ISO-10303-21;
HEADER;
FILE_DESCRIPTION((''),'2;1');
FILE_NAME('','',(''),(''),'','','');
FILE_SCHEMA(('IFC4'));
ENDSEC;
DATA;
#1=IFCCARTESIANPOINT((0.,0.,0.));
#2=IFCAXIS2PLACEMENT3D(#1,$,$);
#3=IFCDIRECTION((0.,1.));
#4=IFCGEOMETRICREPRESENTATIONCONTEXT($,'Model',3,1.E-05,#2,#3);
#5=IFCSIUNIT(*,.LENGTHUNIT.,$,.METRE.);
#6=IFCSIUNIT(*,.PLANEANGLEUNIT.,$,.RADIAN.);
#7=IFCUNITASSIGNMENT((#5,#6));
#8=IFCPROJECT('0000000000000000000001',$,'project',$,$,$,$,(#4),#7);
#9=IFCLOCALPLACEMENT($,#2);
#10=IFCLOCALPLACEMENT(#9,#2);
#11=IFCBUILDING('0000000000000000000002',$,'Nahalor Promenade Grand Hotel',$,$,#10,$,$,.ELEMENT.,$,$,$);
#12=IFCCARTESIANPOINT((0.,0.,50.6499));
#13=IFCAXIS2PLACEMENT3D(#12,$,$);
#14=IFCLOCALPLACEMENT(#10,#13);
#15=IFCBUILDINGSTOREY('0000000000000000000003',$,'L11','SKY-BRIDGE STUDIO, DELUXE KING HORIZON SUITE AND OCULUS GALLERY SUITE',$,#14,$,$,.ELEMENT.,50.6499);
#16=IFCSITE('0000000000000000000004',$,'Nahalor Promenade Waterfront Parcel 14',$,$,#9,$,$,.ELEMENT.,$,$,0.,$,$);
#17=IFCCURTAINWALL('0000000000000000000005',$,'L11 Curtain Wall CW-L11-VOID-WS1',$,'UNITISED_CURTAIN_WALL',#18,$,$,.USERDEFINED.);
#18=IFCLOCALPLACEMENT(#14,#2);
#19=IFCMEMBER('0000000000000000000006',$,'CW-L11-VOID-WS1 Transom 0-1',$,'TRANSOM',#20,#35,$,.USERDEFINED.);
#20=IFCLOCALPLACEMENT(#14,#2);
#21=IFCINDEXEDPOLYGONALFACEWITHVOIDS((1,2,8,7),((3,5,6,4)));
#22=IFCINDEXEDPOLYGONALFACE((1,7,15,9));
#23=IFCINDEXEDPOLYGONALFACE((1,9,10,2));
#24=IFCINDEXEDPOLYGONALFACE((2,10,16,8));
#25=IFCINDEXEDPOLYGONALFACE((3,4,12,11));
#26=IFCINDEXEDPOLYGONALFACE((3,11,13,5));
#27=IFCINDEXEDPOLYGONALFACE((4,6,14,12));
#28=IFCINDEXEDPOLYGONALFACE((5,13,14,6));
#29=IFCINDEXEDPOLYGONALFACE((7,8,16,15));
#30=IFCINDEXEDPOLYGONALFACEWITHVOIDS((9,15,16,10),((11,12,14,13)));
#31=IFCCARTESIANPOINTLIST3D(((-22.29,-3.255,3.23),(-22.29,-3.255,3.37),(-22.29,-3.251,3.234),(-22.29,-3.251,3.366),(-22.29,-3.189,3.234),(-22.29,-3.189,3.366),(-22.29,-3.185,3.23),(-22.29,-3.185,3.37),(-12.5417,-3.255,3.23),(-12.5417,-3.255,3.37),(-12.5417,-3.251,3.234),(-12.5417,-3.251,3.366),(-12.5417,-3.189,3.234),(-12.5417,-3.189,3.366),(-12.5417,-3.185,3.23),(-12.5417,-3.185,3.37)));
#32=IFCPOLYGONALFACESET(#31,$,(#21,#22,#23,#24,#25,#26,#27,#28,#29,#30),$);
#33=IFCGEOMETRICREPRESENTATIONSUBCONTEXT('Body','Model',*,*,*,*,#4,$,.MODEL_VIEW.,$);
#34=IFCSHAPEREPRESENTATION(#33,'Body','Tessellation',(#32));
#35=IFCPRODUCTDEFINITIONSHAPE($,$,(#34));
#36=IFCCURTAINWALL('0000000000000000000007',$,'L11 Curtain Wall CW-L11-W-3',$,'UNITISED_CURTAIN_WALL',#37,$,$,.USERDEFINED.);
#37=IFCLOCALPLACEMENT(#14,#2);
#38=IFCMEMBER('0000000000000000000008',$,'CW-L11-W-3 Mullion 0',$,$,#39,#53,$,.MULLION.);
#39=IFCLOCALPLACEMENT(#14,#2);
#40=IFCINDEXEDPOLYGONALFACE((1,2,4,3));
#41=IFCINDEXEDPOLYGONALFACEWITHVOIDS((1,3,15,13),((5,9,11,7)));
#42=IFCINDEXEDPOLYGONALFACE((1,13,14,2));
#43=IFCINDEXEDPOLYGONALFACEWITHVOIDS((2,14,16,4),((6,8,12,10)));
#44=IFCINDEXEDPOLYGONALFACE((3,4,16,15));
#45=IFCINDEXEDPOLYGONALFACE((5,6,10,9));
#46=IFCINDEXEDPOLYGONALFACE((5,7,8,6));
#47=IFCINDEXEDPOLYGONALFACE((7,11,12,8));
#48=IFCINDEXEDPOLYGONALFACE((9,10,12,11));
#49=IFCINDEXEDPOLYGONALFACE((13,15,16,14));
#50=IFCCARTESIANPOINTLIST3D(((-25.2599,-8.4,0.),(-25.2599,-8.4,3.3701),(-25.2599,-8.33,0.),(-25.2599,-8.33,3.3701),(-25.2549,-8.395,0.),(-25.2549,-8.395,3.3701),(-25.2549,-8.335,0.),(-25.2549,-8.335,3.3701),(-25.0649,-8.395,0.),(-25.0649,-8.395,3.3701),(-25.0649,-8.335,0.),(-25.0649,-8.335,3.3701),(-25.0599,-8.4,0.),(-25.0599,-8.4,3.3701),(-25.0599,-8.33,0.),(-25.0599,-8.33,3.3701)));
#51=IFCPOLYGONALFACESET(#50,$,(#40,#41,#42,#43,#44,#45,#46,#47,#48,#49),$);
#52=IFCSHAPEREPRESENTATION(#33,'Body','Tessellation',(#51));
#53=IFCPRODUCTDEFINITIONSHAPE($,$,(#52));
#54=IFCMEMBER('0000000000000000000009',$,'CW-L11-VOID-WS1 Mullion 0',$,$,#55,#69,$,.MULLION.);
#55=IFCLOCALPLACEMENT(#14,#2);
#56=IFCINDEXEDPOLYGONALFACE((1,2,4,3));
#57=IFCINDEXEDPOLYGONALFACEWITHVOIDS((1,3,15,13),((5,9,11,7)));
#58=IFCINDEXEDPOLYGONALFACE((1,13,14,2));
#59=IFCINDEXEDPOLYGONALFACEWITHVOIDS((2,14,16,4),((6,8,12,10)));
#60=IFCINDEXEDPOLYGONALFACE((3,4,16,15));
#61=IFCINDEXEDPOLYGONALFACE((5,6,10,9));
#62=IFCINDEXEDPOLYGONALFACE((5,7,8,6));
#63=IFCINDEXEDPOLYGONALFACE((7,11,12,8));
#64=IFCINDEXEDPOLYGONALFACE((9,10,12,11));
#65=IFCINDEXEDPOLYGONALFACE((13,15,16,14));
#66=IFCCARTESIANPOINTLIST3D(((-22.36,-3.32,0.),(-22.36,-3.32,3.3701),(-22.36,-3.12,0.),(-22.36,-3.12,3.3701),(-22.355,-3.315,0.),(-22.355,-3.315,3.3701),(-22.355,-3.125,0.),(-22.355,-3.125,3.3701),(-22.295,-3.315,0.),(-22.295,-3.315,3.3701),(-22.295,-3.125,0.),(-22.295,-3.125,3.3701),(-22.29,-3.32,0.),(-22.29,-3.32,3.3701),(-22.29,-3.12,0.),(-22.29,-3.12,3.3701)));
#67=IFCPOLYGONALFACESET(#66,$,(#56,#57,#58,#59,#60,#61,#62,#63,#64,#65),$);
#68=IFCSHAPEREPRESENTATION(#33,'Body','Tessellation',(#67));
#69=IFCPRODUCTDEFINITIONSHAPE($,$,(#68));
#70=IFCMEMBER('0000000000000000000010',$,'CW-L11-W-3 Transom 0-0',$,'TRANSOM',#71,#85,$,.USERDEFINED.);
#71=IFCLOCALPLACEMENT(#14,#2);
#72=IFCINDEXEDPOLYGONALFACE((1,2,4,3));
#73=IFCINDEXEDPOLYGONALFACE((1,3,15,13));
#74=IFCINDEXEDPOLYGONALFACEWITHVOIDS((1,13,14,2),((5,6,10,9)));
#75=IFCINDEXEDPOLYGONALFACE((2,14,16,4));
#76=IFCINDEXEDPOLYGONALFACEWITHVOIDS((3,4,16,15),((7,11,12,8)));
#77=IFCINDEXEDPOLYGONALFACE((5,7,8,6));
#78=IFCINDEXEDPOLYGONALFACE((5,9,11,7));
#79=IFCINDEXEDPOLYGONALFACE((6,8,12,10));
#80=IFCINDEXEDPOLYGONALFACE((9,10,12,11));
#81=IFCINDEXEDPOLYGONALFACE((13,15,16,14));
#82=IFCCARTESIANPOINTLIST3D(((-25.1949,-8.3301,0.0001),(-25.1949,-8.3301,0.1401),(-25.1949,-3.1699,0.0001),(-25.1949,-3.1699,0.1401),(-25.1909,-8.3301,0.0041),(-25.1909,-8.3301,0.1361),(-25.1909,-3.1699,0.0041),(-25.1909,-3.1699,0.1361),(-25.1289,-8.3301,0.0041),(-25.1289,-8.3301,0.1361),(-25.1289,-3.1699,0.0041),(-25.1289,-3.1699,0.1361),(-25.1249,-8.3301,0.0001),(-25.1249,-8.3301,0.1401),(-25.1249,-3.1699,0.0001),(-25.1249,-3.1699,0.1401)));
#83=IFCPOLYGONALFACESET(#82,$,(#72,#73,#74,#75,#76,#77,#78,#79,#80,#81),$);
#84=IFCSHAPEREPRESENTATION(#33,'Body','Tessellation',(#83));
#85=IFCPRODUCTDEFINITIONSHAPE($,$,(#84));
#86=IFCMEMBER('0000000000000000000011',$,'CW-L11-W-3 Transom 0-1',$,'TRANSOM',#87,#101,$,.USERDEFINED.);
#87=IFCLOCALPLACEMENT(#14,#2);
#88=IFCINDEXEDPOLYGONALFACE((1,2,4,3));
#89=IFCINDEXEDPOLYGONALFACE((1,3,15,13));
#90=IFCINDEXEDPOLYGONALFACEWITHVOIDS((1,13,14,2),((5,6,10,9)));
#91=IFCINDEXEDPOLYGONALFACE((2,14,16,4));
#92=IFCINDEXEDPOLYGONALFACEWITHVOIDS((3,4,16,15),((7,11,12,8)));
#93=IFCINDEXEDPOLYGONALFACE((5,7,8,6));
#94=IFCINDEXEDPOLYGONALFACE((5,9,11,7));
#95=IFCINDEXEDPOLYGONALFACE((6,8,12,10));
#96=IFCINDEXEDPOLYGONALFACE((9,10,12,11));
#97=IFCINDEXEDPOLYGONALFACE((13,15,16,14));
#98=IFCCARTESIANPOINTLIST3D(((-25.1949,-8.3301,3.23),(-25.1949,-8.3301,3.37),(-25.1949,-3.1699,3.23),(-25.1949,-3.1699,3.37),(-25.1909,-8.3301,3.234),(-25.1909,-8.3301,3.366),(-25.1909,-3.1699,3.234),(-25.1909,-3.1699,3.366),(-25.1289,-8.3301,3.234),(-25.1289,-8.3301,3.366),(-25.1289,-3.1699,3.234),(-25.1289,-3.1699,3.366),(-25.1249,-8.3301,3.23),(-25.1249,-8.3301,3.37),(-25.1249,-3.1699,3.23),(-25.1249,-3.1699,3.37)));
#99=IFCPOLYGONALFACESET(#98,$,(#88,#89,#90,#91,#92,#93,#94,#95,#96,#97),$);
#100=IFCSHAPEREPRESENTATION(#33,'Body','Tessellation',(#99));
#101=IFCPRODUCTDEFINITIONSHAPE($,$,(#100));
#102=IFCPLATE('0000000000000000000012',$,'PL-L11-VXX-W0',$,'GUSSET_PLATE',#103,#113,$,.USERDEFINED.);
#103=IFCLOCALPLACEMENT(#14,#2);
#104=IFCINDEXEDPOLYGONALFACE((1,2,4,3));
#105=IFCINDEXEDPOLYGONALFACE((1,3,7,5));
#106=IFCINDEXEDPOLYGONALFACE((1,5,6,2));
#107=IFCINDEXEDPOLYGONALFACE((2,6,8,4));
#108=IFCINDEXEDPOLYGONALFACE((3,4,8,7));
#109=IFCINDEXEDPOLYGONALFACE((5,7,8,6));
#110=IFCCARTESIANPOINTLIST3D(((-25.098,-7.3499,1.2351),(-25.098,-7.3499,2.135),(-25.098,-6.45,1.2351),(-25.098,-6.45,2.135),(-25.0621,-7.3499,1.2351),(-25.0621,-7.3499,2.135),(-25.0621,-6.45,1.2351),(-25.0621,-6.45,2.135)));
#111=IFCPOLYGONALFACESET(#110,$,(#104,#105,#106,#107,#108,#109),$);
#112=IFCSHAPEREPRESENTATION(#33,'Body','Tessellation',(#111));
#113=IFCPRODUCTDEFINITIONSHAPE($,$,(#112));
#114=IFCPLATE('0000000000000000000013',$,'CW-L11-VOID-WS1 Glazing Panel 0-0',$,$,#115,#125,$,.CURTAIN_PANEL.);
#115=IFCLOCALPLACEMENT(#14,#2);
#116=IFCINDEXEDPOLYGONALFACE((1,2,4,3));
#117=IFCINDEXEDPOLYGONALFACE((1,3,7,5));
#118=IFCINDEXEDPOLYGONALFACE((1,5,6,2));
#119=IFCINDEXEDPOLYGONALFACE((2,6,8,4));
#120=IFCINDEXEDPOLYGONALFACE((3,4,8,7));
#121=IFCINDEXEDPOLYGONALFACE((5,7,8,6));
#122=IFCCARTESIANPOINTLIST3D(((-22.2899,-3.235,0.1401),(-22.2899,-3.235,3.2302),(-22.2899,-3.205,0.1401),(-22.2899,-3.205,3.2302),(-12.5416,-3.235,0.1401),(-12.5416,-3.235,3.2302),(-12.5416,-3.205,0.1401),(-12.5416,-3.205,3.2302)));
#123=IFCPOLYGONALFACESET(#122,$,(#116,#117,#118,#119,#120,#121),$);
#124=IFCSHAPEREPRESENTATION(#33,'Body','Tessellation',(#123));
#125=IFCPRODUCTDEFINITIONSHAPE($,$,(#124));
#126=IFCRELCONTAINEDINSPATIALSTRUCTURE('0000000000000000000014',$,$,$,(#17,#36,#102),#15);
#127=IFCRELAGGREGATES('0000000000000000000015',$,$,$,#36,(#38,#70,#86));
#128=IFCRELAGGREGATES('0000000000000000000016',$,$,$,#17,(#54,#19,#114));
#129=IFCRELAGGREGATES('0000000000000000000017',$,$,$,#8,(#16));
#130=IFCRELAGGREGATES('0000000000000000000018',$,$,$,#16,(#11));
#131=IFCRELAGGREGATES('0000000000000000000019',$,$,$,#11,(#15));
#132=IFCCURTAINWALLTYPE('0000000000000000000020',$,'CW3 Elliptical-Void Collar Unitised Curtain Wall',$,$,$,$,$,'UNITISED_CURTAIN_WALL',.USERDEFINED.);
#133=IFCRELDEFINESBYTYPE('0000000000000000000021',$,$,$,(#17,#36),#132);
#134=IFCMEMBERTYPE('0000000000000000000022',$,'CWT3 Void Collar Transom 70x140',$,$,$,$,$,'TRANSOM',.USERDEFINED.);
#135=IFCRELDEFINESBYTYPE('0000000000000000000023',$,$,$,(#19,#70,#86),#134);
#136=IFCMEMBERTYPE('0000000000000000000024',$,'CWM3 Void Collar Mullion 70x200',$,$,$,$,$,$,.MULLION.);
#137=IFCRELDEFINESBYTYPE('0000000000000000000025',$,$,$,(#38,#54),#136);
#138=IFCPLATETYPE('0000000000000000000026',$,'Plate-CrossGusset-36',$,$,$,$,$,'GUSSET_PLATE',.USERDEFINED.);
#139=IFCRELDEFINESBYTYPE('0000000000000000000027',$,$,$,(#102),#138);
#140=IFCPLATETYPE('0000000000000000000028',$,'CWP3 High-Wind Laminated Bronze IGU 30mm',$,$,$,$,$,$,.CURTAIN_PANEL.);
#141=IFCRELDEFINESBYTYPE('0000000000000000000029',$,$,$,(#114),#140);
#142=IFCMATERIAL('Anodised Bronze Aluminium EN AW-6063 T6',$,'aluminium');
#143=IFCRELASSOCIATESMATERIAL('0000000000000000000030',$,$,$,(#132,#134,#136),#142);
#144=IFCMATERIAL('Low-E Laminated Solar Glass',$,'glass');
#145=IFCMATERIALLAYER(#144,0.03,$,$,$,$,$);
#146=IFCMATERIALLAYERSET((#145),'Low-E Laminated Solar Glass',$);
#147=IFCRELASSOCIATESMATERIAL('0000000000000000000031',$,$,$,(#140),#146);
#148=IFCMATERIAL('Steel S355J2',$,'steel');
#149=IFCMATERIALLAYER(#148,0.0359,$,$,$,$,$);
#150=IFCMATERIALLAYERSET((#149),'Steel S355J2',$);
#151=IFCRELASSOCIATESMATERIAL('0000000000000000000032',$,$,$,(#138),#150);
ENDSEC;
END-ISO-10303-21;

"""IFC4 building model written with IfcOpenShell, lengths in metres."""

from ifc_helpers import new_model, si_unit, direction, frame, origin, origin_2d, place, context, subcontext, project, spatial, rectangle, hollow_rectangle, extrude, source, transform, mapped, material, layer, layer_set, material_profile, profile_set, type_object, element, aggregate, save


model = new_model("IFC4")

# Units and contexts
model_context = context("Model", 3, precision=1e-05, world=origin(), true_north=direction((0.0, 1.0)))
body_context = subcontext(model_context, "Body", "Model", "MODEL_VIEW")
ifc_project = project(units=[si_unit("LENGTHUNIT", "METRE"), si_unit("PLANEANGLEUNIT", "RADIAN")], contexts=[model_context])

# Site, building, storey
site_placement = place(None, origin())
site = spatial("IfcSite", under=ifc_project, at=site_placement, Name="Nahalor Promenade Waterfront Parcel 14", CompositionType="ELEMENT", RefElevation=0.0)
building_placement = place(site_placement, origin())
building = spatial("IfcBuilding", under=site, at=building_placement, Name="Nahalor Promenade Grand Hotel", CompositionType="ELEMENT")
storey_placement = place(building_placement, frame((0.0, 0.0, 50.6499)))
storey = spatial("IfcBuildingStorey", under=building, at=storey_placement, Name="L11", Description="SKY-BRIDGE STUDIO, DELUXE KING HORIZON SUITE AND OCULUS GALLERY SUITE", CompositionType="ELEMENT", Elevation=50.6499)

# Shared definitions
ifc_material_1 = material(Name="Steel S355J2", Category="steel")

# Curtain wall, member
ifc_material_2 = material(Name="Anodised Bronze Aluminium EN AW-6063 T6", Category="aluminium")
curtain_wall_type = type_object("IfcCurtainWallType", Name="CW3 Elliptical-Void Collar Unitised Curtain Wall", ElementType="UNITISED_CURTAIN_WALL", PredefinedType="USERDEFINED", material=ifc_material_2)
curtain_wall_1_placement = place(storey_placement, origin())
curtain_wall_1 = element("IfcCurtainWall", 1, at=curtain_wall_1_placement, inside=storey, type_object=curtain_wall_type, Name="L11 Curtain Wall CW-L11-VOID-WS1", ObjectType="UNITISED_CURTAIN_WALL", PredefinedType="USERDEFINED")
ifc_material_profile_1 = material_profile(ifc_material_2, hollow_rectangle(XDim=0.07, YDim=0.14, WallThickness=0.004, at=origin_2d()), Name="CWT 70x140x4")
ifc_profile_set_1 = profile_set([ifc_material_profile_1], Name="Anodised Bronze Aluminium EN AW-6063 T6")
member_type_1 = type_object("IfcMemberType", Name="CWT3 Void Collar Transom 70x140", ElementType="TRANSOM", PredefinedType="USERDEFINED", material=ifc_profile_set_1)
shared_shape_1 = source(origin(), body_context, "Body", "SweptSolid", [
    extrude(hollow_rectangle(XDim=0.07, YDim=0.14, WallThickness=0.004, at=origin_2d()), origin(), (0.0, 0.0, 1.0), 9.7483),
])
member_1_placement = place(storey_placement, frame((-22.29, -3.22, 3.3), z_axis=(1.0, 0.0, 0.0), x_axis=(0.0, 1.0, 0.0)))
member_1 = element("IfcMember", 2, at=member_1_placement, type_object=member_type_1, Name="CW-L11-VOID-WS1 Transom 0-1", ObjectType="TRANSOM", PredefinedType="USERDEFINED", context=body_context, shape_type="MappedRepresentation", body=[
    mapped(shared_shape_1, transform((0.0, 0.0, 0.0), scale=1.0)),
])

# Curtain wall, member
curtain_wall_2_placement = place(storey_placement, origin())
curtain_wall_2 = element("IfcCurtainWall", 3, at=curtain_wall_2_placement, inside=storey, type_object=curtain_wall_type, Name="L11 Curtain Wall CW-L11-W-3", ObjectType="UNITISED_CURTAIN_WALL", PredefinedType="USERDEFINED")
ifc_material_profile_2 = material_profile(ifc_material_2, hollow_rectangle(XDim=0.07, YDim=0.2, WallThickness=0.005, at=origin_2d()), Name="CWM 70x200x5")
ifc_profile_set_2 = profile_set([ifc_material_profile_2], Name="Anodised Bronze Aluminium EN AW-6063 T6")
member_type_2 = type_object("IfcMemberType", Name="CWM3 Void Collar Mullion 70x200", PredefinedType="MULLION", material=ifc_profile_set_2)
shared_shape_2 = source(origin(), body_context, "Body", "SweptSolid", [
    extrude(hollow_rectangle(XDim=0.07, YDim=0.2, WallThickness=0.005, at=origin_2d()), origin(), (0.0, 0.0, 1.0), 3.3701),
])
member_2_placement = place(storey_placement, frame((-25.1599, -8.365, 0.0), z_axis=(0.0, 0.0, 1.0), x_axis=(0.0, 1.0, 0.0)))
member_2 = element("IfcMember", 4, at=member_2_placement, type_object=member_type_2, Name="CW-L11-W-3 Mullion 0", PredefinedType="MULLION", context=body_context, shape_type="MappedRepresentation", body=[
    mapped(shared_shape_2, transform((0.0, 0.0, 0.0), scale=1.0)),
])

# Members
member_3_placement = place(storey_placement, frame((-22.325, -3.22, 0.0), z_axis=(0.0, 0.0, 1.0), x_axis=(1.0, 0.0, 0.0)))
member_3 = element("IfcMember", 5, at=member_3_placement, type_object=member_type_2, Name="CW-L11-VOID-WS1 Mullion 0", PredefinedType="MULLION", context=body_context, shape_type="MappedRepresentation", body=[
    mapped(shared_shape_2, transform((0.0, 0.0, 0.0), scale=1.0)),
])
shared_shape_3 = source(origin(), body_context, "Body", "SweptSolid", [
    extrude(hollow_rectangle(XDim=0.07, YDim=0.14, WallThickness=0.004, at=origin_2d()), origin(), (0.0, 0.0, 1.0), 5.1602),
])
member_4_placement = place(storey_placement, frame((-25.1599, -8.3301, 0.0701), z_axis=(0.0, 1.0, 0.0), x_axis=(-1.0, 0.0, 0.0)))
member_4 = element("IfcMember", 6, at=member_4_placement, type_object=member_type_1, Name="CW-L11-W-3 Transom 0-0", ObjectType="TRANSOM", PredefinedType="USERDEFINED", context=body_context, shape_type="MappedRepresentation", body=[
    mapped(shared_shape_3, transform((0.0, 0.0, 0.0), scale=1.0)),
])
member_5_placement = place(storey_placement, frame((-25.1599, -8.3301, 3.3), z_axis=(0.0, 1.0, 0.0), x_axis=(-1.0, 0.0, 0.0)))
member_5 = element("IfcMember", 7, at=member_5_placement, type_object=member_type_1, Name="CW-L11-W-3 Transom 0-1", ObjectType="TRANSOM", PredefinedType="USERDEFINED", context=body_context, shape_type="MappedRepresentation", body=[
    mapped(shared_shape_3, transform((0.0, 0.0, 0.0), scale=1.0)),
])

# Plates
ifc_material_3 = material(Name="Low-E Laminated Solar Glass", Category="glass")
ifc_layer_1 = layer(ifc_material_3, 0.03)
ifc_layer_set_1 = layer_set([ifc_layer_1], Name="Low-E Laminated Solar Glass")
plate_type_1 = type_object("IfcPlateType", Name="CWP3 High-Wind Laminated Bronze IGU 30mm", PredefinedType="CURTAIN_PANEL", material=ifc_layer_set_1)
aggregate(curtain_wall_2, [member_2, member_4, member_5])
ifc_layer_2 = layer(ifc_material_1, 0.0359)
ifc_layer_set_2 = layer_set([ifc_layer_2], Name="Steel S355J2")
plate_type_2 = type_object("IfcPlateType", Name="Plate-CrossGusset-36", ElementType="GUSSET_PLATE", PredefinedType="USERDEFINED", material=ifc_layer_set_2)
shared_shape_4 = source(origin(), body_context, "Body", "SweptSolid", [
    extrude(rectangle(XDim=0.8999, YDim=0.0359, at=origin_2d()), origin(), (0.0, 0.0, 1.0), 0.8999),
])
plate_1_placement = place(storey_placement, frame((-25.0801, -6.8999, 1.2351), z_axis=(0.0, 0.0, 1.0), x_axis=(0.0, 1.0, 0.0)))
element("IfcPlate", 8, at=plate_1_placement, inside=storey, type_object=plate_type_2, Name="PL-L11-VXX-W0", ObjectType="GUSSET_PLATE", PredefinedType="USERDEFINED", context=body_context, shape_type="MappedRepresentation", body=[
    mapped(shared_shape_4, transform((0.0, 0.0, 0.0), scale=1.0)),
])
shared_shape_5 = source(origin(), body_context, "Body", "SweptSolid", [
    extrude(rectangle(XDim=9.7483, YDim=0.03, at=origin_2d()), origin(), (0.0, 0.0, 1.0), 3.0901),
])
plate_2_placement = place(storey_placement, frame((-17.4158, -3.22, 0.1401), z_axis=(0.0, 0.0, 1.0), x_axis=(1.0, 0.0, 0.0)))
plate_2 = element("IfcPlate", 9, at=plate_2_placement, type_object=plate_type_1, Name="CW-L11-VOID-WS1 Glazing Panel 0-0", PredefinedType="CURTAIN_PANEL", context=body_context, shape_type="MappedRepresentation", body=[
    mapped(shared_shape_5, transform((0.0, 0.0, 0.0), scale=1.0)),
])
aggregate(curtain_wall_1, [member_3, member_1, plate_2])

save(model, "model.ifc")
